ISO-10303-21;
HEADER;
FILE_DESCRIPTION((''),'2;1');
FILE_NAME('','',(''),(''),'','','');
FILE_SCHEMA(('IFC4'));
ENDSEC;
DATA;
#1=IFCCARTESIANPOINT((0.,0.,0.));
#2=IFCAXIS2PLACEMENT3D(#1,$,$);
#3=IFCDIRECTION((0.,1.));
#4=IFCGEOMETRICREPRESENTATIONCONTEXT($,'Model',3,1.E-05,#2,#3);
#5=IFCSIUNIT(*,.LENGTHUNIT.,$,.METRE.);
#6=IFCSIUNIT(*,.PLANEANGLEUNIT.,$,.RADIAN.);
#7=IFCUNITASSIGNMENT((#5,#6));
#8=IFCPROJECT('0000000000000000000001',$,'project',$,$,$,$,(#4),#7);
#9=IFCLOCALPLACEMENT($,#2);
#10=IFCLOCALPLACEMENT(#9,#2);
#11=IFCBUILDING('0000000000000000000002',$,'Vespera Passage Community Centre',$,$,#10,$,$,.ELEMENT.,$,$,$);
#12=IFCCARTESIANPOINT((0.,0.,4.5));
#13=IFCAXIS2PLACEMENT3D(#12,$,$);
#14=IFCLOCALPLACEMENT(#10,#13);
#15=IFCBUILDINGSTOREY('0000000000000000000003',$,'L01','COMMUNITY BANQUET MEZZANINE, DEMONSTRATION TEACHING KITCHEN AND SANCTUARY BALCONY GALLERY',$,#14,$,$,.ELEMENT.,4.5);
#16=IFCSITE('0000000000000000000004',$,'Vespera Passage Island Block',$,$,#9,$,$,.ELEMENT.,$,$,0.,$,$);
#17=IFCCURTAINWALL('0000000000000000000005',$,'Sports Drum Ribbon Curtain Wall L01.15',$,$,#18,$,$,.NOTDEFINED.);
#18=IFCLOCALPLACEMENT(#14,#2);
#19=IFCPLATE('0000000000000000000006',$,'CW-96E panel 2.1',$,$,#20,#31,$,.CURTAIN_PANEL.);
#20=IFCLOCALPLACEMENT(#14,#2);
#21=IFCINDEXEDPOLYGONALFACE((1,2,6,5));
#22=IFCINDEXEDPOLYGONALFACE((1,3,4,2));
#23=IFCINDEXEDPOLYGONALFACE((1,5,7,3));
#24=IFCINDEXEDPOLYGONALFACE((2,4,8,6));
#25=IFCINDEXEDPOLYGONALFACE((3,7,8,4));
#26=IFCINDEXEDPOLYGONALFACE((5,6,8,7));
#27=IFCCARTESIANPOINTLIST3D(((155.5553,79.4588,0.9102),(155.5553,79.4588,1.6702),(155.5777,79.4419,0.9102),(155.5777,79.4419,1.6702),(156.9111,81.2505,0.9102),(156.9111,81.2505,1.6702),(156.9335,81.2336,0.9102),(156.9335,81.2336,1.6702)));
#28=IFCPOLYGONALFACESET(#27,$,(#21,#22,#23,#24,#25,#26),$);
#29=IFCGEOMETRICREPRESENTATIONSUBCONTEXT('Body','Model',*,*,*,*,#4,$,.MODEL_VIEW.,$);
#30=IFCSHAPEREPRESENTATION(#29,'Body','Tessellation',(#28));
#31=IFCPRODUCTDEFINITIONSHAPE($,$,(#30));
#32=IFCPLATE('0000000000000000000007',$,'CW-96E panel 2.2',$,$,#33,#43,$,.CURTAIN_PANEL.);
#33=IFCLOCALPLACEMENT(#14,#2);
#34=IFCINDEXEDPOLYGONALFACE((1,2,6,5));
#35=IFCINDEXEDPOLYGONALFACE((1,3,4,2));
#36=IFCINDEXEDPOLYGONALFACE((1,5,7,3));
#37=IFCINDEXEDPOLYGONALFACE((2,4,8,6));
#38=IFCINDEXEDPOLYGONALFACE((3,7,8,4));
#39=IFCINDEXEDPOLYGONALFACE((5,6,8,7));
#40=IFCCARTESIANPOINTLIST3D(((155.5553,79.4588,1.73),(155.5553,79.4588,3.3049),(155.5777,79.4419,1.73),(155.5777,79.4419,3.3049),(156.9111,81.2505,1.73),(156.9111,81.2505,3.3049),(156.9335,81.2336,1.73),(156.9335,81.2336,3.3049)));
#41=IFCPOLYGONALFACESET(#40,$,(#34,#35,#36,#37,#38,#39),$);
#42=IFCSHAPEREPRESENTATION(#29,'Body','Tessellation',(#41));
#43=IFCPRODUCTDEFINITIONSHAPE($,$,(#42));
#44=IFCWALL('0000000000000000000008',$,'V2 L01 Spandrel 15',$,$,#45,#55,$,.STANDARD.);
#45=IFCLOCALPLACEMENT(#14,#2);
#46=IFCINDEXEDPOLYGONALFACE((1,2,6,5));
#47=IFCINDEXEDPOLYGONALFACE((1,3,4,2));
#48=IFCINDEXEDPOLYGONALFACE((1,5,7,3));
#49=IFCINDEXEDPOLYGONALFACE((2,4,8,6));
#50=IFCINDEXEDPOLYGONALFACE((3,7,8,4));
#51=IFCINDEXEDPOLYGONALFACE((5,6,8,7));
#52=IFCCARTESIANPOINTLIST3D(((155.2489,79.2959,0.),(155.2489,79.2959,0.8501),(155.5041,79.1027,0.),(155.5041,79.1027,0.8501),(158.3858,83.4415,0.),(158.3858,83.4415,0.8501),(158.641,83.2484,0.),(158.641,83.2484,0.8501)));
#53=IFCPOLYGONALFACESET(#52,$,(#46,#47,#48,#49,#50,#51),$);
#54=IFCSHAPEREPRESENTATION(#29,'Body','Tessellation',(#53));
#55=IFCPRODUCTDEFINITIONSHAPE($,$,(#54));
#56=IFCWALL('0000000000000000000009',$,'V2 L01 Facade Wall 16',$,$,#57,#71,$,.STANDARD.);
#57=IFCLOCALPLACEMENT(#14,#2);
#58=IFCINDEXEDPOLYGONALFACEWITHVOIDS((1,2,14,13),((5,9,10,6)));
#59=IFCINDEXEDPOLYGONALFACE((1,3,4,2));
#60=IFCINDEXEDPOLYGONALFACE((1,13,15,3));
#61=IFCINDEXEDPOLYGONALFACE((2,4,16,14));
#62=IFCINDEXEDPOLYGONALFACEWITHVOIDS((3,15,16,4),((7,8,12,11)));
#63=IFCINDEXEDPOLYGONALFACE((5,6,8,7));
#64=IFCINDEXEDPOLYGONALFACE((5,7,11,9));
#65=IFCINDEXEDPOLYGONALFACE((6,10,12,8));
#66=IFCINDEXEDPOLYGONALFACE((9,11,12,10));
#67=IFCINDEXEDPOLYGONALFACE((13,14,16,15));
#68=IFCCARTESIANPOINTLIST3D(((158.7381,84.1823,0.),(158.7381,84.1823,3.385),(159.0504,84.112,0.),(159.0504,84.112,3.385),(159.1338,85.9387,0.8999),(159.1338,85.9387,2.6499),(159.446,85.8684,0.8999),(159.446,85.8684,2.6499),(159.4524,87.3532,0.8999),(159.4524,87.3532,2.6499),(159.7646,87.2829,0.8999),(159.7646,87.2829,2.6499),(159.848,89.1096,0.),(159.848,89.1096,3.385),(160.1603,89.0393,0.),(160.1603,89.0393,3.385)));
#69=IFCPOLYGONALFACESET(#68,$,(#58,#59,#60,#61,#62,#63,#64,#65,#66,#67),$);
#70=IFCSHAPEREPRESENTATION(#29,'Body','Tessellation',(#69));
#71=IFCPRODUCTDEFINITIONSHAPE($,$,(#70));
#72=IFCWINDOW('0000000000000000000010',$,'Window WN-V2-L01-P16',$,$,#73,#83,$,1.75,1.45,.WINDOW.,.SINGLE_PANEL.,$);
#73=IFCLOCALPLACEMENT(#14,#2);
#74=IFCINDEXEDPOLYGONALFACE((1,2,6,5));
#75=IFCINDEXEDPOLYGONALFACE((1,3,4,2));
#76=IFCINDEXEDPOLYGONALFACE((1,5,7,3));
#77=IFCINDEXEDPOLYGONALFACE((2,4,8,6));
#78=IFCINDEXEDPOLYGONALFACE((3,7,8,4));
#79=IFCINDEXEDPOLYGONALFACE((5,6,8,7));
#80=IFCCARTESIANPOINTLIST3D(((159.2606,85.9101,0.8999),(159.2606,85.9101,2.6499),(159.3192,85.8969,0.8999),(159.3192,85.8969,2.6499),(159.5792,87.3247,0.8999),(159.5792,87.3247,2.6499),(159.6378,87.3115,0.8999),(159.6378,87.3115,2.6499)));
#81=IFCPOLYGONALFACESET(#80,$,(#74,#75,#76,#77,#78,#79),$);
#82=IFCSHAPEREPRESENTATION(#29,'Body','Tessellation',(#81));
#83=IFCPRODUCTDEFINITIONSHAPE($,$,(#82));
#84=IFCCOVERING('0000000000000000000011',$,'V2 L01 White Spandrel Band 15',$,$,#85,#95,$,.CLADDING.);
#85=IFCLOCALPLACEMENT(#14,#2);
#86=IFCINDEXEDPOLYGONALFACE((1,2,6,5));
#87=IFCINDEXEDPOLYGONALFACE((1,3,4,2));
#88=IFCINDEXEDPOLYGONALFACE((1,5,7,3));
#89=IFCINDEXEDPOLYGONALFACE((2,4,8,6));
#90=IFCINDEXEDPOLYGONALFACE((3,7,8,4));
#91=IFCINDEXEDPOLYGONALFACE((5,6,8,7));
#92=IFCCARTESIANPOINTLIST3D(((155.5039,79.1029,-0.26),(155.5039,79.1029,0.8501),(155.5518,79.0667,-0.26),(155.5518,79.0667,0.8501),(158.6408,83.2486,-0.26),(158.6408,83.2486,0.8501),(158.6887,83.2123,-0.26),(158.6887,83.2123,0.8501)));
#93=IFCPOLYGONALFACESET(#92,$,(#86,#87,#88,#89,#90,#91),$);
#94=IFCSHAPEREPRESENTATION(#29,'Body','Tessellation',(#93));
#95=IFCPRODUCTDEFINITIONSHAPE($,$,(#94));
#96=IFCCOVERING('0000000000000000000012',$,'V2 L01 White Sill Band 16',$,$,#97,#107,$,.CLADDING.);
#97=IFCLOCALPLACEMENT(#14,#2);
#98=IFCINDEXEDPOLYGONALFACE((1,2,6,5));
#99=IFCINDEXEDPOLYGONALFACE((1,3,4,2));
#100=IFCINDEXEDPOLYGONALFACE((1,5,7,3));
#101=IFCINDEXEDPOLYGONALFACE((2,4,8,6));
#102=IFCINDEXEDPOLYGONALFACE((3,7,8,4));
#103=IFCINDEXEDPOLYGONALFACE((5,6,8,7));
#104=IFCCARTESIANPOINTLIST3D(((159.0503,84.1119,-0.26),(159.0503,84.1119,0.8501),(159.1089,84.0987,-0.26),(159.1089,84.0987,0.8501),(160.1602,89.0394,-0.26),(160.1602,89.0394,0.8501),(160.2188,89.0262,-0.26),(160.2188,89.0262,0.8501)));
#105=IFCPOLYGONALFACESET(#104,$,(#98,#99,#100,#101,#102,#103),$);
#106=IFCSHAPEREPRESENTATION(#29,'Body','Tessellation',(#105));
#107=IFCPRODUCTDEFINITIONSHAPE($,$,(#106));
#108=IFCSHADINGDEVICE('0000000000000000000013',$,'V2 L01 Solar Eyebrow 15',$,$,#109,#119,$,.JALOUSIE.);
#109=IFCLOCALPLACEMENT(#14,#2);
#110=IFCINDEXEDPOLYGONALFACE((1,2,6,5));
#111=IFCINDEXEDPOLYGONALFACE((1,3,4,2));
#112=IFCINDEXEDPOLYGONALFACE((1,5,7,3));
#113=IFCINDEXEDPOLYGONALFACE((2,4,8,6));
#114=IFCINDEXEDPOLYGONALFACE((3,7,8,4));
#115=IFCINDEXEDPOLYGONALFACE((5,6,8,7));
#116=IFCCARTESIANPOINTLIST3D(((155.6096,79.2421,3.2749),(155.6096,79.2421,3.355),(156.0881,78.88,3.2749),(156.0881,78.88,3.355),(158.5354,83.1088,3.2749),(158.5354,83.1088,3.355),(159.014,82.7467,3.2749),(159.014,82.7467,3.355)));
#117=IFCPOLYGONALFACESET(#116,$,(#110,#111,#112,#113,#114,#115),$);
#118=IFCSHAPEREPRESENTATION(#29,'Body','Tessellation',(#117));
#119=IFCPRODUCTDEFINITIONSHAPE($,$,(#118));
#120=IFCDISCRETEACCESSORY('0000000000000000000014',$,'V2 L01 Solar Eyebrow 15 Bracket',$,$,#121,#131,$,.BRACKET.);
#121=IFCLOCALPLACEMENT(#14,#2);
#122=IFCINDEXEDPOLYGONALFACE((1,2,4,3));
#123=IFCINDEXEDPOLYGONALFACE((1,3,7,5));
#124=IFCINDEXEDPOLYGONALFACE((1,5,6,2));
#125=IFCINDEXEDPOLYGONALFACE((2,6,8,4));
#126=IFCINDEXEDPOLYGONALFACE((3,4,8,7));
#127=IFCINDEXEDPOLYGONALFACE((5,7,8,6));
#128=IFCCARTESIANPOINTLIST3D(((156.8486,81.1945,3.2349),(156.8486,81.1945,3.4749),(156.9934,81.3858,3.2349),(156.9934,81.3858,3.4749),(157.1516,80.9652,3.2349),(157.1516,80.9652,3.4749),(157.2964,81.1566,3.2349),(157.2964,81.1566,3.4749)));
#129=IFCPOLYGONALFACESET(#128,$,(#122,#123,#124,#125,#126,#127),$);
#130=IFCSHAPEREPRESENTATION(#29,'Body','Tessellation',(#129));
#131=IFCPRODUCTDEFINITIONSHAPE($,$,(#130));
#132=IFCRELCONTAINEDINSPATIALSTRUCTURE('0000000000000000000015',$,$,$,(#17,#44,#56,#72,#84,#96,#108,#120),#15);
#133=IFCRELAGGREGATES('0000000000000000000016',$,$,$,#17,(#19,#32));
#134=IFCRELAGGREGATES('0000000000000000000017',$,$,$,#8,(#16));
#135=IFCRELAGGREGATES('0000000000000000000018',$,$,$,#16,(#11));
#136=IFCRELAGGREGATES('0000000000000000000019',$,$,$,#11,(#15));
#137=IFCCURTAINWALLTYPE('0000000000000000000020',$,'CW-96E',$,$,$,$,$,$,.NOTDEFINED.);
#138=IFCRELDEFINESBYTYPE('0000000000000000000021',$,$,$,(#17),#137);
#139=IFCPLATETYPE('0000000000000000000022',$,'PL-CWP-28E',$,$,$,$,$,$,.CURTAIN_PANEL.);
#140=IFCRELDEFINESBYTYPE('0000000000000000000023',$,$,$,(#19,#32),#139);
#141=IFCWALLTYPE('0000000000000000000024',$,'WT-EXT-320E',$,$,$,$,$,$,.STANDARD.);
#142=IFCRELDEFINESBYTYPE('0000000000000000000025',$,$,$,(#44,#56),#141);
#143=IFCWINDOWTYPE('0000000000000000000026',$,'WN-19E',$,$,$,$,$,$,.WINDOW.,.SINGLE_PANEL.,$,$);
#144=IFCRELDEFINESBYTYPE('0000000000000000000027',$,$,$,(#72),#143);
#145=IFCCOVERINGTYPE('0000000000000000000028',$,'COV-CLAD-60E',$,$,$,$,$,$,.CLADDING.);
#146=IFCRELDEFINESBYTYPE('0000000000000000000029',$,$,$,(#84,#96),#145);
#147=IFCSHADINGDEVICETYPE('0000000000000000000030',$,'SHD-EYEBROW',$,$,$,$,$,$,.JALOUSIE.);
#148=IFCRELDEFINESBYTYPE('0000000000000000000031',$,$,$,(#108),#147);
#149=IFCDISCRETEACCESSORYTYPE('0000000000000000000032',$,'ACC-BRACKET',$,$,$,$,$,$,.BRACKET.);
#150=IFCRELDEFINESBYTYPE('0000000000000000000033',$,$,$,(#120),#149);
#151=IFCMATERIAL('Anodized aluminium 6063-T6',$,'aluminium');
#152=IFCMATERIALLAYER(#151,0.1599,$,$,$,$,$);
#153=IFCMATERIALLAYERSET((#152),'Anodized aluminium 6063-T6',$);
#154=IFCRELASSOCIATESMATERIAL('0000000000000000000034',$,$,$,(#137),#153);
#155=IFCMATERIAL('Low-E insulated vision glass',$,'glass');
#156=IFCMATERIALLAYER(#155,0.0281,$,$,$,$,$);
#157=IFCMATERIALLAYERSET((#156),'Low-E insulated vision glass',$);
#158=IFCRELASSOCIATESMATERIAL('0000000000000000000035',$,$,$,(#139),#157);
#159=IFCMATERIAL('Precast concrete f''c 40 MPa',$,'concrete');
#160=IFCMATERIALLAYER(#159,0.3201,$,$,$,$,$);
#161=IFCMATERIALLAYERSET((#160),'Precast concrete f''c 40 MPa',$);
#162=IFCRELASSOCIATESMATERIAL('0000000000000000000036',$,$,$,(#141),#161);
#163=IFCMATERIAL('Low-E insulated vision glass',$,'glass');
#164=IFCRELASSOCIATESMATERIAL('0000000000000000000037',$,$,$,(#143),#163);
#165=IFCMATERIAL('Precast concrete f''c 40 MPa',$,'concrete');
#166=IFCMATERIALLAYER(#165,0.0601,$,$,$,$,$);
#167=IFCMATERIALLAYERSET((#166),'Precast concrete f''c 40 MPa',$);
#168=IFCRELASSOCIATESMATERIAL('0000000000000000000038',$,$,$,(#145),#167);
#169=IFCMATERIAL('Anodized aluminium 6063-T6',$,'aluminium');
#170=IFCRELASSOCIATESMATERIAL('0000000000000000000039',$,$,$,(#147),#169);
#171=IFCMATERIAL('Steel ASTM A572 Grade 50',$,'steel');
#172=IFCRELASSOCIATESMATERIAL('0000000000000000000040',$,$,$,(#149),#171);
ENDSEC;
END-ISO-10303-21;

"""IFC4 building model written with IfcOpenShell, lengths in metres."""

from ifc_helpers import new_model, si_unit, direction, frame, frame_2d, origin, origin_2d, place, context, subcontext, project, spatial, rectangle, extrude, material, layer, layer_set, type_object, element, fill, aggregate, save


model = new_model("IFC4")

# Units and contexts
model_context = context("Model", 3, precision=1e-05, world=origin(), true_north=direction((0.0, 1.0)))
body_context = subcontext(model_context, "Body", "Model", "MODEL_VIEW")
ifc_project = project(units=[si_unit("LENGTHUNIT", "METRE"), si_unit("PLANEANGLEUNIT", "RADIAN")], contexts=[model_context])

# Site, building, storey
site_placement = place(None, origin())
site = spatial("IfcSite", under=ifc_project, at=site_placement, Name="Vespera Passage Island Block", CompositionType="ELEMENT", RefElevation=0.0)
building_placement = place(site_placement, origin())
building = spatial("IfcBuilding", under=site, at=building_placement, Name="Vespera Passage Community Centre", CompositionType="ELEMENT")
storey_placement = place(building_placement, frame((0.0, 0.0, 4.5)))
storey = spatial("IfcBuildingStorey", under=building, at=storey_placement, Name="L01", Description="COMMUNITY BANQUET MEZZANINE, DEMONSTRATION TEACHING KITCHEN AND SANCTUARY BALCONY GALLERY", CompositionType="ELEMENT", Elevation=4.5)

# Curtain wall
ifc_material_1 = material(Name="Anodized aluminium 6063-T6", Category="aluminium")
ifc_layer_1 = layer(ifc_material_1, 0.1599)
ifc_layer_set_1 = layer_set([ifc_layer_1], Name="Anodized aluminium 6063-T6")
curtain_wall_type_1 = type_object("IfcCurtainWallType", Name="CW-96E", PredefinedType="NOTDEFINED", material=ifc_layer_set_1)
curtain_wall_1_placement = place(storey_placement, origin())
curtain_wall_1 = element("IfcCurtainWall", 1, at=curtain_wall_1_placement, inside=storey, type_object=curtain_wall_type_1, Name="Sports Drum Ribbon Curtain Wall L01.15", PredefinedType="NOTDEFINED")

# Plates
ifc_material_2 = material(Name="Low-E insulated vision glass", Category="glass")
ifc_layer_2 = layer(ifc_material_2, 0.0281)
ifc_layer_set_2 = layer_set([ifc_layer_2], Name="Low-E insulated vision glass")
plate_type = type_object("IfcPlateType", Name="PL-CWP-28E", PredefinedType="CURTAIN_PANEL", material=ifc_layer_set_2)
plate_1_placement = place(storey_placement, frame((156.2444, 80.3462, 0.9102), z_axis=(0.0, 0.0, 1.0), x_axis=(-0.603406, -0.797434, 0.0)))
plate_1 = element("IfcPlate", 2, at=plate_1_placement, type_object=plate_type, Name="CW-96E panel 2.1", PredefinedType="CURTAIN_PANEL", context=body_context, shape_type="SweptSolid", body=[
    extrude(rectangle(XDim=2.2468, YDim=0.0281, at=origin_2d()), origin(), (0.0, 0.0, 1.0), 0.76),
])
plate_2_placement = place(storey_placement, frame((156.2444, 80.3462, 1.73), z_axis=(0.0, 0.0, 1.0), x_axis=(-0.603406, -0.797434, 0.0)))
plate_2 = element("IfcPlate", 3, at=plate_2_placement, type_object=plate_type, Name="CW-96E panel 2.2", PredefinedType="CURTAIN_PANEL", context=body_context, shape_type="SweptSolid", body=[
    extrude(rectangle(XDim=2.2468, YDim=0.0281, at=origin_2d()), origin(), (0.0, 0.0, 1.0), 1.575),
])
aggregate(curtain_wall_1, [plate_1, plate_2])

# Wall
ifc_material_3 = material(Name="Precast concrete f'c 40 MPa", Category="concrete")
ifc_layer_3 = layer(ifc_material_3, 0.3201)
ifc_layer_set_3 = layer_set([ifc_layer_3], Name="Precast concrete f'c 40 MPa")
wall_type = type_object("IfcWallType", Name="WT-EXT-320E", PredefinedType="STANDARD", material=ifc_layer_set_3)
wall_1_placement = place(storey_placement, frame((158.5134, 83.345, 0.0), z_axis=(0.0, 0.0, 1.0), x_axis=(-0.603398, -0.79744, 0.0)))
element("IfcWall", 4, at=wall_1_placement, inside=storey, type_object=wall_type, Name="V2 L01 Spandrel 15", PredefinedType="STANDARD", context=body_context, shape_type="SweptSolid", body=[
    extrude(rectangle(XDim=5.1987, YDim=0.3201, at=frame_2d((2.5994, 0.0))), origin(), (0.0, 0.0, 1.0), 0.8501),
])

# Wall, opening, window
wall_2_placement = place(storey_placement, frame((160.0042, 89.0745, 0.0), z_axis=(0.0, 0.0, 1.0), x_axis=(-0.219745, -0.975557, 0.0)))
wall_2 = element("IfcWall", 5, at=wall_2_placement, inside=storey, type_object=wall_type, Name="V2 L01 Facade Wall 16", PredefinedType="STANDARD", context=body_context, shape_type="SweptSolid", body=[
    extrude(rectangle(XDim=5.0508, YDim=0.3201, at=frame_2d((2.5254, 0.0))), origin(), (0.0, 0.0, 1.0), 3.385),
])
opening_placement = place(wall_2_placement, frame((1.8003, 0.0, 0.8999)))
opening = element("IfcOpeningElement", 6, at=opening_placement, cuts=wall_2, PredefinedType="OPENING", context=body_context, shape_type="SweptSolid", body=[
    extrude(rectangle(XDim=1.45, YDim=1.75, at=frame_2d((0.7251, 0.875))), frame((0.0, 0.1702, 0.0), z_axis=(0.0, -1.0, 0.0), x_axis=(1.0, 0.0, 0.0)), (0.0, 0.0, 1.0), 0.3401),
])
ifc_material_4 = material(Name="Low-E insulated vision glass", Category="glass")
window_type = type_object("IfcWindowType", Name="WN-19E", PartitioningType="SINGLE_PANEL", PredefinedType="WINDOW", material=ifc_material_4)
window_placement = place(opening_placement, origin())
window = element("IfcWindow", 7, at=window_placement, inside=storey, type_object=window_type, Name="Window WN-V2-L01-P16", OverallHeight=1.75, OverallWidth=1.45, PartitioningType="SINGLE_PANEL", PredefinedType="WINDOW", context=body_context, shape_type="SweptSolid", body=[
    extrude(rectangle(XDim=1.45, YDim=1.75, at=frame_2d((0.7251, 0.875))), frame((0.0, 0.03, 0.0), z_axis=(0.0, -1.0, 0.0), x_axis=(1.0, 0.0, 0.0)), (0.0, 0.0, 1.0), 0.0601),
])
fill(opening, window)

# Coverings
ifc_material_5 = material(Name="Precast concrete f'c 40 MPa", Category="concrete")
ifc_layer_4 = layer(ifc_material_5, 0.0601)
ifc_layer_set_4 = layer_set([ifc_layer_4], Name="Precast concrete f'c 40 MPa")
covering_type = type_object("IfcCoveringType", Name="COV-CLAD-60E", PredefinedType="CLADDING", material=ifc_layer_set_4)
covering_1_placement = place(storey_placement, frame((158.6648, 83.2305, -0.26), z_axis=(0.0, 0.0, 1.0), x_axis=(-0.603398, -0.79744, 0.0)))
element("IfcCovering", 8, at=covering_1_placement, inside=storey, type_object=covering_type, Name="V2 L01 White Spandrel Band 15", PredefinedType="CLADDING", context=body_context, shape_type="SweptSolid", body=[
    extrude(rectangle(XDim=5.1987, YDim=0.0601, at=frame_2d((2.5994, 0.0))), origin(), (0.0, 0.0, 1.0), 1.1101),
])
covering_2_placement = place(storey_placement, frame((160.1895, 89.0327, -0.26), z_axis=(0.0, 0.0, 1.0), x_axis=(-0.219734, -0.97556, 0.0)))
element("IfcCovering", 9, at=covering_2_placement, inside=storey, type_object=covering_type, Name="V2 L01 White Sill Band 16", PredefinedType="CLADDING", context=body_context, shape_type="SweptSolid", body=[
    extrude(rectangle(XDim=5.051, YDim=0.0601, at=frame_2d((2.5254, 0.0))), origin(), (0.0, 0.0, 1.0), 1.1101),
])

# Shading device
ifc_material_6 = material(Name="Anodized aluminium 6063-T6", Category="aluminium")
shading_device_type = type_object("IfcShadingDeviceType", Name="SHD-EYEBROW", PredefinedType="JALOUSIE", material=ifc_material_6)
shading_device_placement = place(storey_placement, frame((157.3118, 80.9944, 3.2749), z_axis=(0.0, 0.0, 1.0), x_axis=(-0.603403, -0.797437, 0.0)))
element("IfcShadingDevice", 10, at=shading_device_placement, inside=storey, type_object=shading_device_type, Name="V2 L01 Solar Eyebrow 15", PredefinedType="JALOUSIE", context=body_context, shape_type="SweptSolid", body=[
    extrude(rectangle(XDim=4.8489, YDim=0.6001, at=origin_2d()), origin(), (0.0, 0.0, 1.0), 0.0801),
])

# Discrete accessory
ifc_material_7 = material(Name="Steel ASTM A572 Grade 50", Category="steel")
discrete_accessory_type = type_object("IfcDiscreteAccessoryType", Name="ACC-BRACKET", PredefinedType="BRACKET", material=ifc_material_7)
discrete_accessory_placement = place(storey_placement, frame((157.0725, 81.1755, 3.2349), z_axis=(0.0, 0.0, 1.0), x_axis=(-0.603403, -0.797437, 0.0)))
element("IfcDiscreteAccessory", 11, at=discrete_accessory_placement, inside=storey, type_object=discrete_accessory_type, Name="V2 L01 Solar Eyebrow 15 Bracket", PredefinedType="BRACKET", context=body_context, shape_type="SweptSolid", body=[
    extrude(rectangle(XDim=0.24, YDim=0.3799, at=origin_2d()), origin(), (0.0, 0.0, 1.0), 0.24),
])

save(model, "model.ifc")
